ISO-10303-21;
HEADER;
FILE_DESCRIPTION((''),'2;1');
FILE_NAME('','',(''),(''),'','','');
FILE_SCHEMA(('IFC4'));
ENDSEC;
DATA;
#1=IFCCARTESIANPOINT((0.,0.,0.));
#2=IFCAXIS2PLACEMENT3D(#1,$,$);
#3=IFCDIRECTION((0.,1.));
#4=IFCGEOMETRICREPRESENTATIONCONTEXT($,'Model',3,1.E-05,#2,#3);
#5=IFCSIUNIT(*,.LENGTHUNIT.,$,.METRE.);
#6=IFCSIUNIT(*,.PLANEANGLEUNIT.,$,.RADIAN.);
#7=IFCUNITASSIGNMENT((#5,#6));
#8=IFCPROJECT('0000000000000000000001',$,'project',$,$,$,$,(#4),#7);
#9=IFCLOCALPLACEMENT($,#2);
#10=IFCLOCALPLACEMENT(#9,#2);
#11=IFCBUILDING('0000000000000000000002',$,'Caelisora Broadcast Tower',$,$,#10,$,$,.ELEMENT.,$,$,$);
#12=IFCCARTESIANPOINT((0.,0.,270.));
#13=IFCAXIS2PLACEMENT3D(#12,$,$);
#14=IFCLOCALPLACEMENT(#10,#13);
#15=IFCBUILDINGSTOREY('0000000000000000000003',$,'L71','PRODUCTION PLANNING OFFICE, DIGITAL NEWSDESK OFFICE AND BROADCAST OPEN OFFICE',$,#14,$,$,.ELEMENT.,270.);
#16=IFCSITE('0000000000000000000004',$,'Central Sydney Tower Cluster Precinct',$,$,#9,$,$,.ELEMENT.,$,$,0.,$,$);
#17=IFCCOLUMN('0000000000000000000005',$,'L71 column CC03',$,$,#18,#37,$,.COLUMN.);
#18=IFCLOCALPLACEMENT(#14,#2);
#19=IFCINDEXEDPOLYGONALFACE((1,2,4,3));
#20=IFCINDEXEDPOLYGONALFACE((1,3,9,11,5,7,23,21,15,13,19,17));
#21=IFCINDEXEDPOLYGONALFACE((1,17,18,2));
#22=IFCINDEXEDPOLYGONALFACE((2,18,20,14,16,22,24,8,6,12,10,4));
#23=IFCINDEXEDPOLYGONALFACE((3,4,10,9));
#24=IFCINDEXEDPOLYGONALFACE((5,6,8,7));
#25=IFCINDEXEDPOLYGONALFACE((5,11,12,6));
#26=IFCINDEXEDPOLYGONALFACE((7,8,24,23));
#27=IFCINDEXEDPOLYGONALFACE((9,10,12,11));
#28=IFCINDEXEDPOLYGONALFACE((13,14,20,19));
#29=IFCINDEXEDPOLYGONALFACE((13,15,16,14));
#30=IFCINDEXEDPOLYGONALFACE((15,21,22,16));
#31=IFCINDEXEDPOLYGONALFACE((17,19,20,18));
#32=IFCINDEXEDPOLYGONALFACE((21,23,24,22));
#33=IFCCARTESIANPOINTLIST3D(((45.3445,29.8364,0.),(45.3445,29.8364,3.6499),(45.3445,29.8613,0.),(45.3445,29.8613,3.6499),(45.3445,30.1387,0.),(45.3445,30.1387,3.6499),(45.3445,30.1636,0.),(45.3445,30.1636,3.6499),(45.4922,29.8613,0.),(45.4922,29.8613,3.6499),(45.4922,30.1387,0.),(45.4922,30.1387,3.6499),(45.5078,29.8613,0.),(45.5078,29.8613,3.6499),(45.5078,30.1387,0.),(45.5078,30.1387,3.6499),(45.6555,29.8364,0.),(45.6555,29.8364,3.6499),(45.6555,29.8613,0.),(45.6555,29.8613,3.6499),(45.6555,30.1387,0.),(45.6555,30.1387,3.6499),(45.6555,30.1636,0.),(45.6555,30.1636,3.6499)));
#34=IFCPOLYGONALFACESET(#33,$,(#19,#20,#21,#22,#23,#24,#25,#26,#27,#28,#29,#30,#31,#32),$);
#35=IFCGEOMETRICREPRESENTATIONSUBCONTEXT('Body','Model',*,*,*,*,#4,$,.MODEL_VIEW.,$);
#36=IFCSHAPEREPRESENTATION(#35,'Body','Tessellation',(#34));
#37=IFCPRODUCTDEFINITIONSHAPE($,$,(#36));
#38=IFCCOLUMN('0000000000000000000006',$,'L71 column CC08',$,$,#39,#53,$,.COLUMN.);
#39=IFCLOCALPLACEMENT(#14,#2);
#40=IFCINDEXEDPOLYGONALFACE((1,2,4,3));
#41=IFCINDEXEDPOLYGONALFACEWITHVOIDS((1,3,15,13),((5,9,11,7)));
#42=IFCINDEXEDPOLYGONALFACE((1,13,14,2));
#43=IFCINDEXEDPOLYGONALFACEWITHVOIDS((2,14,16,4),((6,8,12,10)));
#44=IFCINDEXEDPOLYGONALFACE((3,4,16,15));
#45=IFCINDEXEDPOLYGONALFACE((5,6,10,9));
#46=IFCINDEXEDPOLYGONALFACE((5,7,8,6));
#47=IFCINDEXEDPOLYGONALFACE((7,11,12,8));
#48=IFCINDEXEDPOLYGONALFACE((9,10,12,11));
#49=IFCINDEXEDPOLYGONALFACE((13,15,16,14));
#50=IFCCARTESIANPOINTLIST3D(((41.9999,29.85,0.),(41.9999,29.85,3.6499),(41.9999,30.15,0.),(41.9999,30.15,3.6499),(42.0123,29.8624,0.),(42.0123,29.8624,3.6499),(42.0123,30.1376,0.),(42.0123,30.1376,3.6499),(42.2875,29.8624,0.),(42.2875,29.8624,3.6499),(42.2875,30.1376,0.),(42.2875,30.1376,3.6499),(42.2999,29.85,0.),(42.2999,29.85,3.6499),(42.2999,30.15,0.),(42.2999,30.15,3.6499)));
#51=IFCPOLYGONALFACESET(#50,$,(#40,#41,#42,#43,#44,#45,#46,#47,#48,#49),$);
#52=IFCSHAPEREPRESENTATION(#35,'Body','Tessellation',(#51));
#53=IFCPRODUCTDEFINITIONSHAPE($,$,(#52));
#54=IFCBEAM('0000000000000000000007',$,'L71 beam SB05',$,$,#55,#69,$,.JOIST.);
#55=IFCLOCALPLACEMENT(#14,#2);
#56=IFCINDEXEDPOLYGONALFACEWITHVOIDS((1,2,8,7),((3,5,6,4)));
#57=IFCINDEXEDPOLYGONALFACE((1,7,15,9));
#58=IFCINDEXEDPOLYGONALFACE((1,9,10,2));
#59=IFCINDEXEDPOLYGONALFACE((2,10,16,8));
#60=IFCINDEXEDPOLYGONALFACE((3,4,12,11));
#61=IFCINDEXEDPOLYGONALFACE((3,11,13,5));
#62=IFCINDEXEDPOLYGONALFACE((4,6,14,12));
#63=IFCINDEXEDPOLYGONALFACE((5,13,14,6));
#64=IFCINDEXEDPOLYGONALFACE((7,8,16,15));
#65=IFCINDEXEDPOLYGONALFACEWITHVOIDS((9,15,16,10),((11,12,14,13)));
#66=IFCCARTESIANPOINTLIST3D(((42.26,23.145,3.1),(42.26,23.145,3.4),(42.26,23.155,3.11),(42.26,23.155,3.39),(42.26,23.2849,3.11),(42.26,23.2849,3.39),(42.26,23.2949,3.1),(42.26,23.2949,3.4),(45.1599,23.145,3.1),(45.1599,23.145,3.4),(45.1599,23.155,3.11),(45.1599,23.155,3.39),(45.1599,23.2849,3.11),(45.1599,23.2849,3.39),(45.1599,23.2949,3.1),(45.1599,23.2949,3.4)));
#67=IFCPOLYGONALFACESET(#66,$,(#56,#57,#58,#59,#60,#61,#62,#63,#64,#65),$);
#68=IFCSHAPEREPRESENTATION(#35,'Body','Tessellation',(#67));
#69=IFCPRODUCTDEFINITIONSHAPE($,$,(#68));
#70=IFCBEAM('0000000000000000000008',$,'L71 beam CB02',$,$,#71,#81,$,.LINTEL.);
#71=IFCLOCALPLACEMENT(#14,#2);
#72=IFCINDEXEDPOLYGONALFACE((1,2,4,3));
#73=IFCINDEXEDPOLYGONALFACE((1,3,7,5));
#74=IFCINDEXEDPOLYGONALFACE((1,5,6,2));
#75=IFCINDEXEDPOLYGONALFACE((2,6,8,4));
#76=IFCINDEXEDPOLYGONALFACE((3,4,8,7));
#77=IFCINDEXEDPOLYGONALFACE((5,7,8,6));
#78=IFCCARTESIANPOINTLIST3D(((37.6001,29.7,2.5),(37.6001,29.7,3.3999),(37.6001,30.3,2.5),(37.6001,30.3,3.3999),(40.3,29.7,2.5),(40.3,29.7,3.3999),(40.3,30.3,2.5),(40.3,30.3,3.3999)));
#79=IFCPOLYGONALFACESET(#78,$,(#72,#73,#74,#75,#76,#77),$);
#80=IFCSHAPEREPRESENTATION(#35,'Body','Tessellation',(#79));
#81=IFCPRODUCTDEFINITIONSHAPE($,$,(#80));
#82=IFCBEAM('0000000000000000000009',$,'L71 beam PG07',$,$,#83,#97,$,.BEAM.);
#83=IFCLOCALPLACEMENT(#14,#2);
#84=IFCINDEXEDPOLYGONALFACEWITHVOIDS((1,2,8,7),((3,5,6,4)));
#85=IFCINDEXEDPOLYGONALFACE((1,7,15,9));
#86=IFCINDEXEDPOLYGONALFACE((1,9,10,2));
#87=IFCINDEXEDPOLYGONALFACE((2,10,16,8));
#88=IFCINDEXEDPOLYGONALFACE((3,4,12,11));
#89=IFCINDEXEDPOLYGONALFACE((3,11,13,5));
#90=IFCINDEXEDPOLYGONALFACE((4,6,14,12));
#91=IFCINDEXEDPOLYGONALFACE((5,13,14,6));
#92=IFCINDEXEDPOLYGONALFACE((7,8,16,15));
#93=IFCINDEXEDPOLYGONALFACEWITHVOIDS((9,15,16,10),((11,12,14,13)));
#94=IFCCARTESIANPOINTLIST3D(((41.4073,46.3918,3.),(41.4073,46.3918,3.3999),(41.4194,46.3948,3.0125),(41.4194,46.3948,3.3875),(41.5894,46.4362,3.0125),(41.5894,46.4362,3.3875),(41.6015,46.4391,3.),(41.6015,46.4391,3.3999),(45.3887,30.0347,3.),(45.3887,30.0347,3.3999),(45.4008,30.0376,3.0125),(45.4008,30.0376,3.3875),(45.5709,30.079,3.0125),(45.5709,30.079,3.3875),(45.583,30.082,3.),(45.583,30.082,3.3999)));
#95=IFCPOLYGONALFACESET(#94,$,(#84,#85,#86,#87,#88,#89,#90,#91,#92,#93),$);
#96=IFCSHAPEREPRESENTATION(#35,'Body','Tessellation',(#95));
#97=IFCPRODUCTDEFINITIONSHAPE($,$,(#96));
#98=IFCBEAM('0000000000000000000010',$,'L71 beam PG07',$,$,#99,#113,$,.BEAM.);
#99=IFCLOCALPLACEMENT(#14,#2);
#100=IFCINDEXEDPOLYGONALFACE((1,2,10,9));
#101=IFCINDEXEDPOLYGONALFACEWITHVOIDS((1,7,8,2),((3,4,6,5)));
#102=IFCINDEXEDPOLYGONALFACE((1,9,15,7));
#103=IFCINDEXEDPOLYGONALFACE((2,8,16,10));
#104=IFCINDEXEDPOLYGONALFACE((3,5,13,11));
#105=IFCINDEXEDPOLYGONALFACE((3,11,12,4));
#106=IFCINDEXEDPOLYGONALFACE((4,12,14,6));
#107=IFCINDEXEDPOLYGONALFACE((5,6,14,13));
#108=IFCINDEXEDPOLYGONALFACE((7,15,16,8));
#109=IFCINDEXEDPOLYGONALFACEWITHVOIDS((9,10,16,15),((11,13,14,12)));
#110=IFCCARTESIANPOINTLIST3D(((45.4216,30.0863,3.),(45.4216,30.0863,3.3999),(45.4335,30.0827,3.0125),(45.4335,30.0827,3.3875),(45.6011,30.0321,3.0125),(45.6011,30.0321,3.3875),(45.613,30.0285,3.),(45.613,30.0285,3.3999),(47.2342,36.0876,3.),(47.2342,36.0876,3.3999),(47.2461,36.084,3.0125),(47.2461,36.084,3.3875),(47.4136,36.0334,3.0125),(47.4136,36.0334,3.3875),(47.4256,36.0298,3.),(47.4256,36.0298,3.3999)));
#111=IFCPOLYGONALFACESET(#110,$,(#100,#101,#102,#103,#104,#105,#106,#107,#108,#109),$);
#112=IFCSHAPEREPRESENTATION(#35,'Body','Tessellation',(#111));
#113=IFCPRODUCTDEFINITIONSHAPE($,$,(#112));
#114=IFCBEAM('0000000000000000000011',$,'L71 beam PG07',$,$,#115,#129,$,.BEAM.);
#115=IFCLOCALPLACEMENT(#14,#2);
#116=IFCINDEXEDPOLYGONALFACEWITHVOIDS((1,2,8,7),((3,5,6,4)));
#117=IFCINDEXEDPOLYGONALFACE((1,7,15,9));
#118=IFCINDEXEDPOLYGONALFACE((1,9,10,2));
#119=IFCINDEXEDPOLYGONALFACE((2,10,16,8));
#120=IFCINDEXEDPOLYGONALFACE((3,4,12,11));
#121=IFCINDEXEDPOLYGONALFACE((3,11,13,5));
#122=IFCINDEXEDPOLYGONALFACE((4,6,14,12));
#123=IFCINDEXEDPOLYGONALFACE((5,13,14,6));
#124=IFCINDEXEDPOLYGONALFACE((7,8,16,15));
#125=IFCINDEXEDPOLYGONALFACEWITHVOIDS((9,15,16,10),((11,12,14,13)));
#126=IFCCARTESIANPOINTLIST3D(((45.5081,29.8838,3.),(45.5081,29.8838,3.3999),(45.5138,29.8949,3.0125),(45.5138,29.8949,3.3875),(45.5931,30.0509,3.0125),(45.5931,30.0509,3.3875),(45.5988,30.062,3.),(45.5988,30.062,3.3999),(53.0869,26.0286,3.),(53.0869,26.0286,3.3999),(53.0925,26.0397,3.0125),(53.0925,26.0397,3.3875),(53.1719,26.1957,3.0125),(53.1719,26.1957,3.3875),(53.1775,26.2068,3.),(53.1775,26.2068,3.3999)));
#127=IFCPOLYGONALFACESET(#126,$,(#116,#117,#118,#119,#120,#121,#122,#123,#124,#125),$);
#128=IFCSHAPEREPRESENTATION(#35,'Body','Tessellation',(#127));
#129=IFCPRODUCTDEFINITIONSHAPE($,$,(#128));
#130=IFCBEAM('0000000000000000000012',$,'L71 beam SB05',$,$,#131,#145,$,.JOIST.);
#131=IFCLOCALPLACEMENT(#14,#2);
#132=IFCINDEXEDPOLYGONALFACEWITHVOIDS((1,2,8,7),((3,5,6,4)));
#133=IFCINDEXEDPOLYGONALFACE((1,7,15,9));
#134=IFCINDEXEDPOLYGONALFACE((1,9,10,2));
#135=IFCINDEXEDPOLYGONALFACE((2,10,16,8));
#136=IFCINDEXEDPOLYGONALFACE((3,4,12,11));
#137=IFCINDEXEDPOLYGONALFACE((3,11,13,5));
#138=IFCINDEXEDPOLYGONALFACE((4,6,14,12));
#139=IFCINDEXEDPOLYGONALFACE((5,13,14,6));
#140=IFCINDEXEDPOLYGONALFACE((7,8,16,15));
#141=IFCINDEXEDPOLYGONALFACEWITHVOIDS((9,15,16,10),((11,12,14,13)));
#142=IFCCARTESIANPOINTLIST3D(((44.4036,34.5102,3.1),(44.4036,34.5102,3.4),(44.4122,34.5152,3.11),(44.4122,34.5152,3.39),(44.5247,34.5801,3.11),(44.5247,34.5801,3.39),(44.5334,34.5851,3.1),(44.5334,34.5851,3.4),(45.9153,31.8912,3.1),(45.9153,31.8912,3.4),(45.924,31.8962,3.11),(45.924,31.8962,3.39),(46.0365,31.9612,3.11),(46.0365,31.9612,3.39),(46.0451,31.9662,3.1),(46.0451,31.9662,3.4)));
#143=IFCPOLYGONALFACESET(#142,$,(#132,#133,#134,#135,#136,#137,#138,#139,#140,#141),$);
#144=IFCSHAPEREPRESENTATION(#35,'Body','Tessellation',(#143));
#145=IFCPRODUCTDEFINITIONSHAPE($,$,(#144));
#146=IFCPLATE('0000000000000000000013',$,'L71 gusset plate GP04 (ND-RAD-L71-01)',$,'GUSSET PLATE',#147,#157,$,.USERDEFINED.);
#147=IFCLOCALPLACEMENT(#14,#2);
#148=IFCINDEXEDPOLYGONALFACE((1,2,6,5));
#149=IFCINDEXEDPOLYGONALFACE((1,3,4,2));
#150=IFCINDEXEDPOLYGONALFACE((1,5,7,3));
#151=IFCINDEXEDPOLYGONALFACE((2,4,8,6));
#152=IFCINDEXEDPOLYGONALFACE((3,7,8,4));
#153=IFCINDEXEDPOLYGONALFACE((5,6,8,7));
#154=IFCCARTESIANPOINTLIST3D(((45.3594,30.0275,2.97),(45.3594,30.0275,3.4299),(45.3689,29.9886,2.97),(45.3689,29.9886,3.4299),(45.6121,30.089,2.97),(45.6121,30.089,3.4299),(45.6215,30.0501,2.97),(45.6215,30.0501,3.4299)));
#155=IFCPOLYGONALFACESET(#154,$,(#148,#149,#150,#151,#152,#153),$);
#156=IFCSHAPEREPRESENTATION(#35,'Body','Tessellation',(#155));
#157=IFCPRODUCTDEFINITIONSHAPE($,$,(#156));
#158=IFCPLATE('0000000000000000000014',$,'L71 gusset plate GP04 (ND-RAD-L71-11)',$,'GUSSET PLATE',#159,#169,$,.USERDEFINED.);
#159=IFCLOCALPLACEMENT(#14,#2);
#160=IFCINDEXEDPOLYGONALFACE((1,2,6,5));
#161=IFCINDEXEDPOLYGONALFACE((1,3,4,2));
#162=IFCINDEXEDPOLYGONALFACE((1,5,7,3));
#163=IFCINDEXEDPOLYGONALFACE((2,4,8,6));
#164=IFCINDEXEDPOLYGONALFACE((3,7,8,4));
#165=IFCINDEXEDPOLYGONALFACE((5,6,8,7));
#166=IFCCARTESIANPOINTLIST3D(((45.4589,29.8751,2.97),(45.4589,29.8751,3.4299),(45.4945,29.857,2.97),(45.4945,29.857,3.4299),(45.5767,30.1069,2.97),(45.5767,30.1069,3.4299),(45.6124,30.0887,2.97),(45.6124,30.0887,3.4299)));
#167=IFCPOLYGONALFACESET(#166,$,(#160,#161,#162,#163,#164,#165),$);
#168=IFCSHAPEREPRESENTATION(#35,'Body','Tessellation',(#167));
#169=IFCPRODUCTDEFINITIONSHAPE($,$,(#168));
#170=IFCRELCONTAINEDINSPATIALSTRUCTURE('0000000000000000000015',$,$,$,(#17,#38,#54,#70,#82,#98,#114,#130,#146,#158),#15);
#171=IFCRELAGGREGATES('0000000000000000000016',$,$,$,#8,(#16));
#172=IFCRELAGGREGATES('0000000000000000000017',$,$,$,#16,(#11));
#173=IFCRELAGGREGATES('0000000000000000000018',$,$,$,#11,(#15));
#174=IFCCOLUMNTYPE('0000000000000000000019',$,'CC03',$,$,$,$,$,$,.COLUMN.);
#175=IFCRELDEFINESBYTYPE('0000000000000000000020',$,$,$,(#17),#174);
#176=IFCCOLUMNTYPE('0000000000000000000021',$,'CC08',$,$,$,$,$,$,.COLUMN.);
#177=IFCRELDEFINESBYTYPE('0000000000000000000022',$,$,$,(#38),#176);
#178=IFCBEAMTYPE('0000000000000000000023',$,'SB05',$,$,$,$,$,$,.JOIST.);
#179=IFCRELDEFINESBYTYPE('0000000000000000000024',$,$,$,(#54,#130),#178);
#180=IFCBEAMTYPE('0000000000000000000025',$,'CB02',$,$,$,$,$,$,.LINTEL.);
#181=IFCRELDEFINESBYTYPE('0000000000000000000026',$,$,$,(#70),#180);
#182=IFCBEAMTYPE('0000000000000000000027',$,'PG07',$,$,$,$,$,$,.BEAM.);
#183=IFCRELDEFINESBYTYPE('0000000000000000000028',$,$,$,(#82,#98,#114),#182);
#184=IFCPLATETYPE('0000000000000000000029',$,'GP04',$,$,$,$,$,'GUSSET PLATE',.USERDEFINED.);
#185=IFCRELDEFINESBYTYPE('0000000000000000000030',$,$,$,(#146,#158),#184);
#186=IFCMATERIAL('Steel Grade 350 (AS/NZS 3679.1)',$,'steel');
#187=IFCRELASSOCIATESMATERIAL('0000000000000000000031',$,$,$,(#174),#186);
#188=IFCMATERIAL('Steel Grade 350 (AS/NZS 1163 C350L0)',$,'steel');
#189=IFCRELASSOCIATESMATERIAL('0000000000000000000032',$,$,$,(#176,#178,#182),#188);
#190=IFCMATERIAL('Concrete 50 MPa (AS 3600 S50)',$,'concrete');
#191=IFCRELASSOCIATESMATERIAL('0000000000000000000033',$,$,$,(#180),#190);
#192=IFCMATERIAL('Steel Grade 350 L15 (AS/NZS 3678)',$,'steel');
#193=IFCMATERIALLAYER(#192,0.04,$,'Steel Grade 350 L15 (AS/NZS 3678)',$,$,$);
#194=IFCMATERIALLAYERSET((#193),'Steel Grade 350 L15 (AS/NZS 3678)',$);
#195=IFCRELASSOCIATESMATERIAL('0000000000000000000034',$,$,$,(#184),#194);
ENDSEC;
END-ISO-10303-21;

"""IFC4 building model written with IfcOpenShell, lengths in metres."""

from ifc_helpers import new_model, si_unit, direction, frame, origin, origin_2d, place, context, subcontext, project, spatial, rectangle, hollow_rectangle, i_section, extrude, source, transform, mapped, material, layer, layer_set, material_profile, profile_set, type_object, type_shapes, element, save


model = new_model("IFC4")

# Units and contexts
model_context = context("Model", 3, precision=1e-05, world=origin(), true_north=direction((0.0, 1.0)))
body_context = subcontext(model_context, "Body", "Model", "MODEL_VIEW")
ifc_project = project(units=[si_unit("LENGTHUNIT", "METRE"), si_unit("PLANEANGLEUNIT", "RADIAN")], contexts=[model_context])

# Site, building, storey
site_placement = place(None, origin())
site = spatial("IfcSite", under=ifc_project, at=site_placement, Name="Central Sydney Tower Cluster Precinct", CompositionType="ELEMENT", RefElevation=0.0)
building_placement = place(site_placement, origin())
building = spatial("IfcBuilding", under=site, at=building_placement, Name="Caelisora Broadcast Tower", CompositionType="ELEMENT")
storey_placement = place(building_placement, frame((0.0, 0.0, 270.0)))
storey = spatial("IfcBuildingStorey", under=building, at=storey_placement, Name="L71", Description="PRODUCTION PLANNING OFFICE, DIGITAL NEWSDESK OFFICE AND BROADCAST OPEN OFFICE", CompositionType="ELEMENT", Elevation=270.0)

# Columns
ifc_material_1 = material(Name="Steel Grade 350 (AS/NZS 3679.1)", Category="steel")
ifc_material_profile_1 = material_profile(ifc_material_1, i_section(OverallWidth=0.311, OverallDepth=0.3271, WebThickness=0.0156, FlangeThickness=0.0249, at=origin_2d()), Name="Steel Grade 350 (AS/NZS 3679.1)")
ifc_profile_set_1 = profile_set([ifc_material_profile_1], Name="Steel Grade 350 (AS/NZS 3679.1)")
column_type_1 = type_object("IfcColumnType", Name="CC03", PredefinedType="COLUMN", material=ifc_profile_set_1)
shared_shape_1 = source(origin(), body_context, "Body", "SweptSolid", [
    extrude(i_section(OverallWidth=0.311, OverallDepth=0.3271, WebThickness=0.0156, FlangeThickness=0.0249, at=origin_2d()), origin(), (0.0, 0.0, 1.0), 3.6499),
])
type_shapes(column_type_1, [shared_shape_1])
column_1_placement = place(storey_placement, frame((45.5, 30.0, 0.0), z_axis=(0.0, 0.0, 1.0), x_axis=(1.0, 0.0, 0.0)))
element("IfcColumn", 1, at=column_1_placement, inside=storey, type_object=column_type_1, Name="L71 column CC03", PredefinedType="COLUMN", context=body_context, shape_type="MappedRepresentation", body=[
    mapped(shared_shape_1, transform((0.0, 0.0, 0.0), scale=1.0)),
])
ifc_material_2 = material(Name="Steel Grade 350 (AS/NZS 1163 C350L0)", Category="steel")
ifc_material_profile_2 = material_profile(ifc_material_2, hollow_rectangle(XDim=0.3, YDim=0.3, WallThickness=0.0125, at=origin_2d()), Name="Steel Grade 350 (AS/NZS 1163 C350L0)")
ifc_profile_set_2 = profile_set([ifc_material_profile_2], Name="Steel Grade 350 (AS/NZS 1163 C350L0)")
column_type_2 = type_object("IfcColumnType", Name="CC08", PredefinedType="COLUMN", material=ifc_profile_set_2)
shared_shape_2 = source(origin(), body_context, "Body", "SweptSolid", [
    extrude(hollow_rectangle(XDim=0.3, YDim=0.3, WallThickness=0.0125, at=origin_2d()), origin(), (0.0, 0.0, 1.0), 3.6499),
])
type_shapes(column_type_2, [shared_shape_2])
column_2_placement = place(storey_placement, frame((42.1499, 30.0, 0.0), z_axis=(0.0, 0.0, 1.0), x_axis=(1.0, 0.0, 0.0)))
element("IfcColumn", 2, at=column_2_placement, inside=storey, type_object=column_type_2, Name="L71 column CC08", PredefinedType="COLUMN", context=body_context, shape_type="MappedRepresentation", body=[
    mapped(shared_shape_2, transform((0.0, 0.0, 0.0), scale=1.0)),
])

# Beams
ifc_material_profile_3 = material_profile(ifc_material_2, hollow_rectangle(XDim=0.1499, YDim=0.3, WallThickness=0.01, at=origin_2d()), Name="Steel Grade 350 (AS/NZS 1163 C350L0)")
ifc_profile_set_3 = profile_set([ifc_material_profile_3], Name="Steel Grade 350 (AS/NZS 1163 C350L0)")
beam_type_1 = type_object("IfcBeamType", Name="SB05", PredefinedType="JOIST", material=ifc_profile_set_3)
shared_shape_3 = source(origin(), body_context, "Body", "SweptSolid", [
    extrude(hollow_rectangle(XDim=0.1499, YDim=0.3, WallThickness=0.01, at=origin_2d()), origin(), (0.0, 0.0, 1.0), 2.8999),
])
beam_1_placement = place(storey_placement, frame((42.26, 23.22, 3.25), z_axis=(1.0, 0.0, 0.0), x_axis=(0.0, 1.0, 0.0)))
element("IfcBeam", 3, at=beam_1_placement, inside=storey, type_object=beam_type_1, Name="L71 beam SB05", PredefinedType="JOIST", context=body_context, shape_type="MappedRepresentation", body=[
    mapped(shared_shape_3, transform((0.0, 0.0, 0.0), scale=1.0)),
])
ifc_material_3 = material(Name="Concrete 50 MPa (AS 3600 S50)", Category="concrete")
ifc_material_profile_4 = material_profile(ifc_material_3, rectangle(XDim=0.6001, YDim=0.8999, at=origin_2d()), Name="Concrete 50 MPa (AS 3600 S50)")
ifc_profile_set_4 = profile_set([ifc_material_profile_4], Name="Concrete 50 MPa (AS 3600 S50)")
beam_type_2 = type_object("IfcBeamType", Name="CB02", PredefinedType="LINTEL", material=ifc_profile_set_4)
shared_shape_4 = source(origin(), body_context, "Body", "SweptSolid", [
    extrude(rectangle(XDim=0.6001, YDim=0.8999, at=origin_2d()), origin(), (0.0, 0.0, 1.0), 2.7),
])
type_shapes(beam_type_2, [shared_shape_4])
beam_2_placement = place(storey_placement, frame((37.6001, 30.0, 2.95), z_axis=(1.0, 0.0, 0.0), x_axis=(0.0, 1.0, 0.0)))
element("IfcBeam", 4, at=beam_2_placement, inside=storey, type_object=beam_type_2, Name="L71 beam CB02", PredefinedType="LINTEL", context=body_context, shape_type="MappedRepresentation", body=[
    mapped(shared_shape_4, transform((0.0, 0.0, 0.0), scale=1.0)),
])
ifc_material_profile_5 = material_profile(ifc_material_2, hollow_rectangle(XDim=0.2, YDim=0.3999, WallThickness=0.0125, at=origin_2d()), Name="Steel Grade 350 (AS/NZS 1163 C350L0)")
ifc_profile_set_5 = profile_set([ifc_material_profile_5], Name="Steel Grade 350 (AS/NZS 1163 C350L0)")
beam_type_3 = type_object("IfcBeamType", Name="PG07", PredefinedType="BEAM", material=ifc_profile_set_5)
shared_shape_5 = source(origin(), body_context, "Body", "SweptSolid", [
    extrude(hollow_rectangle(XDim=0.2, YDim=0.3999, WallThickness=0.0125, at=origin_2d()), origin(), (0.0, 0.0, 1.0), 16.8347),
])
beam_3_placement = place(storey_placement, frame((45.4858, 30.0583, 3.2), z_axis=(-0.236501, 0.971631, 0.0), x_axis=(-0.971631, -0.236501, 0.0)))
element("IfcBeam", 5, at=beam_3_placement, inside=storey, type_object=beam_type_3, Name="L71 beam PG07", PredefinedType="BEAM", context=body_context, shape_type="MappedRepresentation", body=[
    mapped(shared_shape_5, transform((0.0, 0.0, 0.0), scale=1.0)),
])
shared_shape_6 = source(origin(), body_context, "Body", "SweptSolid", [
    extrude(hollow_rectangle(XDim=0.2, YDim=0.3999, WallThickness=0.0125, at=origin_2d()), origin(), (0.0, 0.0, 1.0), 6.269),
])
beam_4_placement = place(storey_placement, frame((45.5173, 30.0574, 3.2), z_axis=(0.289123, 0.957292, 0.0), x_axis=(-0.957292, 0.289123, 0.0)))
element("IfcBeam", 6, at=beam_4_placement, inside=storey, type_object=beam_type_3, Name="L71 beam PG07", PredefinedType="BEAM", context=body_context, shape_type="MappedRepresentation", body=[
    mapped(shared_shape_6, transform((0.0, 0.0, 0.0), scale=1.0)),
])
shared_shape_7 = source(origin(), body_context, "Body", "SweptSolid", [
    extrude(hollow_rectangle(XDim=0.2, YDim=0.3999, WallThickness=0.0125, at=origin_2d()), origin(), (0.0, 0.0, 1.0), 8.5029),
])
type_shapes(beam_type_3, [shared_shape_5, shared_shape_6, shared_shape_7])
beam_5_placement = place(storey_placement, frame((45.5535, 29.9729, 3.2), z_axis=(0.891311, -0.453393, 0.0), x_axis=(0.453393, 0.891311, 0.0)))
element("IfcBeam", 7, at=beam_5_placement, inside=storey, type_object=beam_type_3, Name="L71 beam PG07", PredefinedType="BEAM", context=body_context, shape_type="MappedRepresentation", body=[
    mapped(shared_shape_7, transform((0.0, 0.0, 0.0), scale=1.0)),
])
shared_shape_8 = source(origin(), body_context, "Body", "SweptSolid", [
    extrude(hollow_rectangle(XDim=0.1499, YDim=0.3, WallThickness=0.01, at=origin_2d()), origin(), (0.0, 0.0, 1.0), 3.0239),
])
type_shapes(beam_type_1, [shared_shape_3, shared_shape_8])
beam_6_placement = place(storey_placement, frame((45.9802, 31.9287, 3.25), z_axis=(-0.499925, 0.866069, 0.0), x_axis=(-0.866069, -0.499925, 0.0)))
element("IfcBeam", 8, at=beam_6_placement, inside=storey, type_object=beam_type_1, Name="L71 beam SB05", PredefinedType="JOIST", context=body_context, shape_type="MappedRepresentation", body=[
    mapped(shared_shape_8, transform((0.0, 0.0, 0.0), scale=1.0)),
])

# Plates
ifc_material_4 = material(Name="Steel Grade 350 L15 (AS/NZS 3678)", Category="steel")
ifc_layer_1 = layer(ifc_material_4, 0.04, Name="Steel Grade 350 L15 (AS/NZS 3678)")
ifc_layer_set_1 = layer_set([ifc_layer_1], Name="Steel Grade 350 L15 (AS/NZS 3678)")
plate_type = type_object("IfcPlateType", Name="GP04", ElementType="GUSSET PLATE", PredefinedType="USERDEFINED", material=ifc_layer_set_1)
shared_shape_9 = source(origin(), body_context, "Body", "SweptSolid", [
    extrude(rectangle(XDim=0.26, YDim=0.04, at=origin_2d()), origin(), (0.0, 0.0, 1.0), 0.46),
])
for number, where, z_axis, x_axis, name in (
    (9, (45.4905, 30.0388, 2.97), (0.0, 0.0, 1.0), (-0.971632, -0.236499, 0.0), "L71 gusset plate GP04 (ND-RAD-L71-01)"),
    (10, (45.5356, 29.9819, 2.97), (0.0, 0.0, 1.0), (0.453368, 0.891323, 0.0), "L71 gusset plate GP04 (ND-RAD-L71-11)"),
):
    element("IfcPlate", number, at=place(storey_placement, frame(where, z_axis=z_axis, x_axis=x_axis)), inside=storey, type_object=plate_type, Name=name, ObjectType="GUSSET PLATE", PredefinedType="USERDEFINED", context=body_context, shape_type="MappedRepresentation", body=[
        mapped(shared_shape_9, transform((0.0, 0.0, 0.0), scale=1.0)),
    ])

save(model, "model.ifc")
